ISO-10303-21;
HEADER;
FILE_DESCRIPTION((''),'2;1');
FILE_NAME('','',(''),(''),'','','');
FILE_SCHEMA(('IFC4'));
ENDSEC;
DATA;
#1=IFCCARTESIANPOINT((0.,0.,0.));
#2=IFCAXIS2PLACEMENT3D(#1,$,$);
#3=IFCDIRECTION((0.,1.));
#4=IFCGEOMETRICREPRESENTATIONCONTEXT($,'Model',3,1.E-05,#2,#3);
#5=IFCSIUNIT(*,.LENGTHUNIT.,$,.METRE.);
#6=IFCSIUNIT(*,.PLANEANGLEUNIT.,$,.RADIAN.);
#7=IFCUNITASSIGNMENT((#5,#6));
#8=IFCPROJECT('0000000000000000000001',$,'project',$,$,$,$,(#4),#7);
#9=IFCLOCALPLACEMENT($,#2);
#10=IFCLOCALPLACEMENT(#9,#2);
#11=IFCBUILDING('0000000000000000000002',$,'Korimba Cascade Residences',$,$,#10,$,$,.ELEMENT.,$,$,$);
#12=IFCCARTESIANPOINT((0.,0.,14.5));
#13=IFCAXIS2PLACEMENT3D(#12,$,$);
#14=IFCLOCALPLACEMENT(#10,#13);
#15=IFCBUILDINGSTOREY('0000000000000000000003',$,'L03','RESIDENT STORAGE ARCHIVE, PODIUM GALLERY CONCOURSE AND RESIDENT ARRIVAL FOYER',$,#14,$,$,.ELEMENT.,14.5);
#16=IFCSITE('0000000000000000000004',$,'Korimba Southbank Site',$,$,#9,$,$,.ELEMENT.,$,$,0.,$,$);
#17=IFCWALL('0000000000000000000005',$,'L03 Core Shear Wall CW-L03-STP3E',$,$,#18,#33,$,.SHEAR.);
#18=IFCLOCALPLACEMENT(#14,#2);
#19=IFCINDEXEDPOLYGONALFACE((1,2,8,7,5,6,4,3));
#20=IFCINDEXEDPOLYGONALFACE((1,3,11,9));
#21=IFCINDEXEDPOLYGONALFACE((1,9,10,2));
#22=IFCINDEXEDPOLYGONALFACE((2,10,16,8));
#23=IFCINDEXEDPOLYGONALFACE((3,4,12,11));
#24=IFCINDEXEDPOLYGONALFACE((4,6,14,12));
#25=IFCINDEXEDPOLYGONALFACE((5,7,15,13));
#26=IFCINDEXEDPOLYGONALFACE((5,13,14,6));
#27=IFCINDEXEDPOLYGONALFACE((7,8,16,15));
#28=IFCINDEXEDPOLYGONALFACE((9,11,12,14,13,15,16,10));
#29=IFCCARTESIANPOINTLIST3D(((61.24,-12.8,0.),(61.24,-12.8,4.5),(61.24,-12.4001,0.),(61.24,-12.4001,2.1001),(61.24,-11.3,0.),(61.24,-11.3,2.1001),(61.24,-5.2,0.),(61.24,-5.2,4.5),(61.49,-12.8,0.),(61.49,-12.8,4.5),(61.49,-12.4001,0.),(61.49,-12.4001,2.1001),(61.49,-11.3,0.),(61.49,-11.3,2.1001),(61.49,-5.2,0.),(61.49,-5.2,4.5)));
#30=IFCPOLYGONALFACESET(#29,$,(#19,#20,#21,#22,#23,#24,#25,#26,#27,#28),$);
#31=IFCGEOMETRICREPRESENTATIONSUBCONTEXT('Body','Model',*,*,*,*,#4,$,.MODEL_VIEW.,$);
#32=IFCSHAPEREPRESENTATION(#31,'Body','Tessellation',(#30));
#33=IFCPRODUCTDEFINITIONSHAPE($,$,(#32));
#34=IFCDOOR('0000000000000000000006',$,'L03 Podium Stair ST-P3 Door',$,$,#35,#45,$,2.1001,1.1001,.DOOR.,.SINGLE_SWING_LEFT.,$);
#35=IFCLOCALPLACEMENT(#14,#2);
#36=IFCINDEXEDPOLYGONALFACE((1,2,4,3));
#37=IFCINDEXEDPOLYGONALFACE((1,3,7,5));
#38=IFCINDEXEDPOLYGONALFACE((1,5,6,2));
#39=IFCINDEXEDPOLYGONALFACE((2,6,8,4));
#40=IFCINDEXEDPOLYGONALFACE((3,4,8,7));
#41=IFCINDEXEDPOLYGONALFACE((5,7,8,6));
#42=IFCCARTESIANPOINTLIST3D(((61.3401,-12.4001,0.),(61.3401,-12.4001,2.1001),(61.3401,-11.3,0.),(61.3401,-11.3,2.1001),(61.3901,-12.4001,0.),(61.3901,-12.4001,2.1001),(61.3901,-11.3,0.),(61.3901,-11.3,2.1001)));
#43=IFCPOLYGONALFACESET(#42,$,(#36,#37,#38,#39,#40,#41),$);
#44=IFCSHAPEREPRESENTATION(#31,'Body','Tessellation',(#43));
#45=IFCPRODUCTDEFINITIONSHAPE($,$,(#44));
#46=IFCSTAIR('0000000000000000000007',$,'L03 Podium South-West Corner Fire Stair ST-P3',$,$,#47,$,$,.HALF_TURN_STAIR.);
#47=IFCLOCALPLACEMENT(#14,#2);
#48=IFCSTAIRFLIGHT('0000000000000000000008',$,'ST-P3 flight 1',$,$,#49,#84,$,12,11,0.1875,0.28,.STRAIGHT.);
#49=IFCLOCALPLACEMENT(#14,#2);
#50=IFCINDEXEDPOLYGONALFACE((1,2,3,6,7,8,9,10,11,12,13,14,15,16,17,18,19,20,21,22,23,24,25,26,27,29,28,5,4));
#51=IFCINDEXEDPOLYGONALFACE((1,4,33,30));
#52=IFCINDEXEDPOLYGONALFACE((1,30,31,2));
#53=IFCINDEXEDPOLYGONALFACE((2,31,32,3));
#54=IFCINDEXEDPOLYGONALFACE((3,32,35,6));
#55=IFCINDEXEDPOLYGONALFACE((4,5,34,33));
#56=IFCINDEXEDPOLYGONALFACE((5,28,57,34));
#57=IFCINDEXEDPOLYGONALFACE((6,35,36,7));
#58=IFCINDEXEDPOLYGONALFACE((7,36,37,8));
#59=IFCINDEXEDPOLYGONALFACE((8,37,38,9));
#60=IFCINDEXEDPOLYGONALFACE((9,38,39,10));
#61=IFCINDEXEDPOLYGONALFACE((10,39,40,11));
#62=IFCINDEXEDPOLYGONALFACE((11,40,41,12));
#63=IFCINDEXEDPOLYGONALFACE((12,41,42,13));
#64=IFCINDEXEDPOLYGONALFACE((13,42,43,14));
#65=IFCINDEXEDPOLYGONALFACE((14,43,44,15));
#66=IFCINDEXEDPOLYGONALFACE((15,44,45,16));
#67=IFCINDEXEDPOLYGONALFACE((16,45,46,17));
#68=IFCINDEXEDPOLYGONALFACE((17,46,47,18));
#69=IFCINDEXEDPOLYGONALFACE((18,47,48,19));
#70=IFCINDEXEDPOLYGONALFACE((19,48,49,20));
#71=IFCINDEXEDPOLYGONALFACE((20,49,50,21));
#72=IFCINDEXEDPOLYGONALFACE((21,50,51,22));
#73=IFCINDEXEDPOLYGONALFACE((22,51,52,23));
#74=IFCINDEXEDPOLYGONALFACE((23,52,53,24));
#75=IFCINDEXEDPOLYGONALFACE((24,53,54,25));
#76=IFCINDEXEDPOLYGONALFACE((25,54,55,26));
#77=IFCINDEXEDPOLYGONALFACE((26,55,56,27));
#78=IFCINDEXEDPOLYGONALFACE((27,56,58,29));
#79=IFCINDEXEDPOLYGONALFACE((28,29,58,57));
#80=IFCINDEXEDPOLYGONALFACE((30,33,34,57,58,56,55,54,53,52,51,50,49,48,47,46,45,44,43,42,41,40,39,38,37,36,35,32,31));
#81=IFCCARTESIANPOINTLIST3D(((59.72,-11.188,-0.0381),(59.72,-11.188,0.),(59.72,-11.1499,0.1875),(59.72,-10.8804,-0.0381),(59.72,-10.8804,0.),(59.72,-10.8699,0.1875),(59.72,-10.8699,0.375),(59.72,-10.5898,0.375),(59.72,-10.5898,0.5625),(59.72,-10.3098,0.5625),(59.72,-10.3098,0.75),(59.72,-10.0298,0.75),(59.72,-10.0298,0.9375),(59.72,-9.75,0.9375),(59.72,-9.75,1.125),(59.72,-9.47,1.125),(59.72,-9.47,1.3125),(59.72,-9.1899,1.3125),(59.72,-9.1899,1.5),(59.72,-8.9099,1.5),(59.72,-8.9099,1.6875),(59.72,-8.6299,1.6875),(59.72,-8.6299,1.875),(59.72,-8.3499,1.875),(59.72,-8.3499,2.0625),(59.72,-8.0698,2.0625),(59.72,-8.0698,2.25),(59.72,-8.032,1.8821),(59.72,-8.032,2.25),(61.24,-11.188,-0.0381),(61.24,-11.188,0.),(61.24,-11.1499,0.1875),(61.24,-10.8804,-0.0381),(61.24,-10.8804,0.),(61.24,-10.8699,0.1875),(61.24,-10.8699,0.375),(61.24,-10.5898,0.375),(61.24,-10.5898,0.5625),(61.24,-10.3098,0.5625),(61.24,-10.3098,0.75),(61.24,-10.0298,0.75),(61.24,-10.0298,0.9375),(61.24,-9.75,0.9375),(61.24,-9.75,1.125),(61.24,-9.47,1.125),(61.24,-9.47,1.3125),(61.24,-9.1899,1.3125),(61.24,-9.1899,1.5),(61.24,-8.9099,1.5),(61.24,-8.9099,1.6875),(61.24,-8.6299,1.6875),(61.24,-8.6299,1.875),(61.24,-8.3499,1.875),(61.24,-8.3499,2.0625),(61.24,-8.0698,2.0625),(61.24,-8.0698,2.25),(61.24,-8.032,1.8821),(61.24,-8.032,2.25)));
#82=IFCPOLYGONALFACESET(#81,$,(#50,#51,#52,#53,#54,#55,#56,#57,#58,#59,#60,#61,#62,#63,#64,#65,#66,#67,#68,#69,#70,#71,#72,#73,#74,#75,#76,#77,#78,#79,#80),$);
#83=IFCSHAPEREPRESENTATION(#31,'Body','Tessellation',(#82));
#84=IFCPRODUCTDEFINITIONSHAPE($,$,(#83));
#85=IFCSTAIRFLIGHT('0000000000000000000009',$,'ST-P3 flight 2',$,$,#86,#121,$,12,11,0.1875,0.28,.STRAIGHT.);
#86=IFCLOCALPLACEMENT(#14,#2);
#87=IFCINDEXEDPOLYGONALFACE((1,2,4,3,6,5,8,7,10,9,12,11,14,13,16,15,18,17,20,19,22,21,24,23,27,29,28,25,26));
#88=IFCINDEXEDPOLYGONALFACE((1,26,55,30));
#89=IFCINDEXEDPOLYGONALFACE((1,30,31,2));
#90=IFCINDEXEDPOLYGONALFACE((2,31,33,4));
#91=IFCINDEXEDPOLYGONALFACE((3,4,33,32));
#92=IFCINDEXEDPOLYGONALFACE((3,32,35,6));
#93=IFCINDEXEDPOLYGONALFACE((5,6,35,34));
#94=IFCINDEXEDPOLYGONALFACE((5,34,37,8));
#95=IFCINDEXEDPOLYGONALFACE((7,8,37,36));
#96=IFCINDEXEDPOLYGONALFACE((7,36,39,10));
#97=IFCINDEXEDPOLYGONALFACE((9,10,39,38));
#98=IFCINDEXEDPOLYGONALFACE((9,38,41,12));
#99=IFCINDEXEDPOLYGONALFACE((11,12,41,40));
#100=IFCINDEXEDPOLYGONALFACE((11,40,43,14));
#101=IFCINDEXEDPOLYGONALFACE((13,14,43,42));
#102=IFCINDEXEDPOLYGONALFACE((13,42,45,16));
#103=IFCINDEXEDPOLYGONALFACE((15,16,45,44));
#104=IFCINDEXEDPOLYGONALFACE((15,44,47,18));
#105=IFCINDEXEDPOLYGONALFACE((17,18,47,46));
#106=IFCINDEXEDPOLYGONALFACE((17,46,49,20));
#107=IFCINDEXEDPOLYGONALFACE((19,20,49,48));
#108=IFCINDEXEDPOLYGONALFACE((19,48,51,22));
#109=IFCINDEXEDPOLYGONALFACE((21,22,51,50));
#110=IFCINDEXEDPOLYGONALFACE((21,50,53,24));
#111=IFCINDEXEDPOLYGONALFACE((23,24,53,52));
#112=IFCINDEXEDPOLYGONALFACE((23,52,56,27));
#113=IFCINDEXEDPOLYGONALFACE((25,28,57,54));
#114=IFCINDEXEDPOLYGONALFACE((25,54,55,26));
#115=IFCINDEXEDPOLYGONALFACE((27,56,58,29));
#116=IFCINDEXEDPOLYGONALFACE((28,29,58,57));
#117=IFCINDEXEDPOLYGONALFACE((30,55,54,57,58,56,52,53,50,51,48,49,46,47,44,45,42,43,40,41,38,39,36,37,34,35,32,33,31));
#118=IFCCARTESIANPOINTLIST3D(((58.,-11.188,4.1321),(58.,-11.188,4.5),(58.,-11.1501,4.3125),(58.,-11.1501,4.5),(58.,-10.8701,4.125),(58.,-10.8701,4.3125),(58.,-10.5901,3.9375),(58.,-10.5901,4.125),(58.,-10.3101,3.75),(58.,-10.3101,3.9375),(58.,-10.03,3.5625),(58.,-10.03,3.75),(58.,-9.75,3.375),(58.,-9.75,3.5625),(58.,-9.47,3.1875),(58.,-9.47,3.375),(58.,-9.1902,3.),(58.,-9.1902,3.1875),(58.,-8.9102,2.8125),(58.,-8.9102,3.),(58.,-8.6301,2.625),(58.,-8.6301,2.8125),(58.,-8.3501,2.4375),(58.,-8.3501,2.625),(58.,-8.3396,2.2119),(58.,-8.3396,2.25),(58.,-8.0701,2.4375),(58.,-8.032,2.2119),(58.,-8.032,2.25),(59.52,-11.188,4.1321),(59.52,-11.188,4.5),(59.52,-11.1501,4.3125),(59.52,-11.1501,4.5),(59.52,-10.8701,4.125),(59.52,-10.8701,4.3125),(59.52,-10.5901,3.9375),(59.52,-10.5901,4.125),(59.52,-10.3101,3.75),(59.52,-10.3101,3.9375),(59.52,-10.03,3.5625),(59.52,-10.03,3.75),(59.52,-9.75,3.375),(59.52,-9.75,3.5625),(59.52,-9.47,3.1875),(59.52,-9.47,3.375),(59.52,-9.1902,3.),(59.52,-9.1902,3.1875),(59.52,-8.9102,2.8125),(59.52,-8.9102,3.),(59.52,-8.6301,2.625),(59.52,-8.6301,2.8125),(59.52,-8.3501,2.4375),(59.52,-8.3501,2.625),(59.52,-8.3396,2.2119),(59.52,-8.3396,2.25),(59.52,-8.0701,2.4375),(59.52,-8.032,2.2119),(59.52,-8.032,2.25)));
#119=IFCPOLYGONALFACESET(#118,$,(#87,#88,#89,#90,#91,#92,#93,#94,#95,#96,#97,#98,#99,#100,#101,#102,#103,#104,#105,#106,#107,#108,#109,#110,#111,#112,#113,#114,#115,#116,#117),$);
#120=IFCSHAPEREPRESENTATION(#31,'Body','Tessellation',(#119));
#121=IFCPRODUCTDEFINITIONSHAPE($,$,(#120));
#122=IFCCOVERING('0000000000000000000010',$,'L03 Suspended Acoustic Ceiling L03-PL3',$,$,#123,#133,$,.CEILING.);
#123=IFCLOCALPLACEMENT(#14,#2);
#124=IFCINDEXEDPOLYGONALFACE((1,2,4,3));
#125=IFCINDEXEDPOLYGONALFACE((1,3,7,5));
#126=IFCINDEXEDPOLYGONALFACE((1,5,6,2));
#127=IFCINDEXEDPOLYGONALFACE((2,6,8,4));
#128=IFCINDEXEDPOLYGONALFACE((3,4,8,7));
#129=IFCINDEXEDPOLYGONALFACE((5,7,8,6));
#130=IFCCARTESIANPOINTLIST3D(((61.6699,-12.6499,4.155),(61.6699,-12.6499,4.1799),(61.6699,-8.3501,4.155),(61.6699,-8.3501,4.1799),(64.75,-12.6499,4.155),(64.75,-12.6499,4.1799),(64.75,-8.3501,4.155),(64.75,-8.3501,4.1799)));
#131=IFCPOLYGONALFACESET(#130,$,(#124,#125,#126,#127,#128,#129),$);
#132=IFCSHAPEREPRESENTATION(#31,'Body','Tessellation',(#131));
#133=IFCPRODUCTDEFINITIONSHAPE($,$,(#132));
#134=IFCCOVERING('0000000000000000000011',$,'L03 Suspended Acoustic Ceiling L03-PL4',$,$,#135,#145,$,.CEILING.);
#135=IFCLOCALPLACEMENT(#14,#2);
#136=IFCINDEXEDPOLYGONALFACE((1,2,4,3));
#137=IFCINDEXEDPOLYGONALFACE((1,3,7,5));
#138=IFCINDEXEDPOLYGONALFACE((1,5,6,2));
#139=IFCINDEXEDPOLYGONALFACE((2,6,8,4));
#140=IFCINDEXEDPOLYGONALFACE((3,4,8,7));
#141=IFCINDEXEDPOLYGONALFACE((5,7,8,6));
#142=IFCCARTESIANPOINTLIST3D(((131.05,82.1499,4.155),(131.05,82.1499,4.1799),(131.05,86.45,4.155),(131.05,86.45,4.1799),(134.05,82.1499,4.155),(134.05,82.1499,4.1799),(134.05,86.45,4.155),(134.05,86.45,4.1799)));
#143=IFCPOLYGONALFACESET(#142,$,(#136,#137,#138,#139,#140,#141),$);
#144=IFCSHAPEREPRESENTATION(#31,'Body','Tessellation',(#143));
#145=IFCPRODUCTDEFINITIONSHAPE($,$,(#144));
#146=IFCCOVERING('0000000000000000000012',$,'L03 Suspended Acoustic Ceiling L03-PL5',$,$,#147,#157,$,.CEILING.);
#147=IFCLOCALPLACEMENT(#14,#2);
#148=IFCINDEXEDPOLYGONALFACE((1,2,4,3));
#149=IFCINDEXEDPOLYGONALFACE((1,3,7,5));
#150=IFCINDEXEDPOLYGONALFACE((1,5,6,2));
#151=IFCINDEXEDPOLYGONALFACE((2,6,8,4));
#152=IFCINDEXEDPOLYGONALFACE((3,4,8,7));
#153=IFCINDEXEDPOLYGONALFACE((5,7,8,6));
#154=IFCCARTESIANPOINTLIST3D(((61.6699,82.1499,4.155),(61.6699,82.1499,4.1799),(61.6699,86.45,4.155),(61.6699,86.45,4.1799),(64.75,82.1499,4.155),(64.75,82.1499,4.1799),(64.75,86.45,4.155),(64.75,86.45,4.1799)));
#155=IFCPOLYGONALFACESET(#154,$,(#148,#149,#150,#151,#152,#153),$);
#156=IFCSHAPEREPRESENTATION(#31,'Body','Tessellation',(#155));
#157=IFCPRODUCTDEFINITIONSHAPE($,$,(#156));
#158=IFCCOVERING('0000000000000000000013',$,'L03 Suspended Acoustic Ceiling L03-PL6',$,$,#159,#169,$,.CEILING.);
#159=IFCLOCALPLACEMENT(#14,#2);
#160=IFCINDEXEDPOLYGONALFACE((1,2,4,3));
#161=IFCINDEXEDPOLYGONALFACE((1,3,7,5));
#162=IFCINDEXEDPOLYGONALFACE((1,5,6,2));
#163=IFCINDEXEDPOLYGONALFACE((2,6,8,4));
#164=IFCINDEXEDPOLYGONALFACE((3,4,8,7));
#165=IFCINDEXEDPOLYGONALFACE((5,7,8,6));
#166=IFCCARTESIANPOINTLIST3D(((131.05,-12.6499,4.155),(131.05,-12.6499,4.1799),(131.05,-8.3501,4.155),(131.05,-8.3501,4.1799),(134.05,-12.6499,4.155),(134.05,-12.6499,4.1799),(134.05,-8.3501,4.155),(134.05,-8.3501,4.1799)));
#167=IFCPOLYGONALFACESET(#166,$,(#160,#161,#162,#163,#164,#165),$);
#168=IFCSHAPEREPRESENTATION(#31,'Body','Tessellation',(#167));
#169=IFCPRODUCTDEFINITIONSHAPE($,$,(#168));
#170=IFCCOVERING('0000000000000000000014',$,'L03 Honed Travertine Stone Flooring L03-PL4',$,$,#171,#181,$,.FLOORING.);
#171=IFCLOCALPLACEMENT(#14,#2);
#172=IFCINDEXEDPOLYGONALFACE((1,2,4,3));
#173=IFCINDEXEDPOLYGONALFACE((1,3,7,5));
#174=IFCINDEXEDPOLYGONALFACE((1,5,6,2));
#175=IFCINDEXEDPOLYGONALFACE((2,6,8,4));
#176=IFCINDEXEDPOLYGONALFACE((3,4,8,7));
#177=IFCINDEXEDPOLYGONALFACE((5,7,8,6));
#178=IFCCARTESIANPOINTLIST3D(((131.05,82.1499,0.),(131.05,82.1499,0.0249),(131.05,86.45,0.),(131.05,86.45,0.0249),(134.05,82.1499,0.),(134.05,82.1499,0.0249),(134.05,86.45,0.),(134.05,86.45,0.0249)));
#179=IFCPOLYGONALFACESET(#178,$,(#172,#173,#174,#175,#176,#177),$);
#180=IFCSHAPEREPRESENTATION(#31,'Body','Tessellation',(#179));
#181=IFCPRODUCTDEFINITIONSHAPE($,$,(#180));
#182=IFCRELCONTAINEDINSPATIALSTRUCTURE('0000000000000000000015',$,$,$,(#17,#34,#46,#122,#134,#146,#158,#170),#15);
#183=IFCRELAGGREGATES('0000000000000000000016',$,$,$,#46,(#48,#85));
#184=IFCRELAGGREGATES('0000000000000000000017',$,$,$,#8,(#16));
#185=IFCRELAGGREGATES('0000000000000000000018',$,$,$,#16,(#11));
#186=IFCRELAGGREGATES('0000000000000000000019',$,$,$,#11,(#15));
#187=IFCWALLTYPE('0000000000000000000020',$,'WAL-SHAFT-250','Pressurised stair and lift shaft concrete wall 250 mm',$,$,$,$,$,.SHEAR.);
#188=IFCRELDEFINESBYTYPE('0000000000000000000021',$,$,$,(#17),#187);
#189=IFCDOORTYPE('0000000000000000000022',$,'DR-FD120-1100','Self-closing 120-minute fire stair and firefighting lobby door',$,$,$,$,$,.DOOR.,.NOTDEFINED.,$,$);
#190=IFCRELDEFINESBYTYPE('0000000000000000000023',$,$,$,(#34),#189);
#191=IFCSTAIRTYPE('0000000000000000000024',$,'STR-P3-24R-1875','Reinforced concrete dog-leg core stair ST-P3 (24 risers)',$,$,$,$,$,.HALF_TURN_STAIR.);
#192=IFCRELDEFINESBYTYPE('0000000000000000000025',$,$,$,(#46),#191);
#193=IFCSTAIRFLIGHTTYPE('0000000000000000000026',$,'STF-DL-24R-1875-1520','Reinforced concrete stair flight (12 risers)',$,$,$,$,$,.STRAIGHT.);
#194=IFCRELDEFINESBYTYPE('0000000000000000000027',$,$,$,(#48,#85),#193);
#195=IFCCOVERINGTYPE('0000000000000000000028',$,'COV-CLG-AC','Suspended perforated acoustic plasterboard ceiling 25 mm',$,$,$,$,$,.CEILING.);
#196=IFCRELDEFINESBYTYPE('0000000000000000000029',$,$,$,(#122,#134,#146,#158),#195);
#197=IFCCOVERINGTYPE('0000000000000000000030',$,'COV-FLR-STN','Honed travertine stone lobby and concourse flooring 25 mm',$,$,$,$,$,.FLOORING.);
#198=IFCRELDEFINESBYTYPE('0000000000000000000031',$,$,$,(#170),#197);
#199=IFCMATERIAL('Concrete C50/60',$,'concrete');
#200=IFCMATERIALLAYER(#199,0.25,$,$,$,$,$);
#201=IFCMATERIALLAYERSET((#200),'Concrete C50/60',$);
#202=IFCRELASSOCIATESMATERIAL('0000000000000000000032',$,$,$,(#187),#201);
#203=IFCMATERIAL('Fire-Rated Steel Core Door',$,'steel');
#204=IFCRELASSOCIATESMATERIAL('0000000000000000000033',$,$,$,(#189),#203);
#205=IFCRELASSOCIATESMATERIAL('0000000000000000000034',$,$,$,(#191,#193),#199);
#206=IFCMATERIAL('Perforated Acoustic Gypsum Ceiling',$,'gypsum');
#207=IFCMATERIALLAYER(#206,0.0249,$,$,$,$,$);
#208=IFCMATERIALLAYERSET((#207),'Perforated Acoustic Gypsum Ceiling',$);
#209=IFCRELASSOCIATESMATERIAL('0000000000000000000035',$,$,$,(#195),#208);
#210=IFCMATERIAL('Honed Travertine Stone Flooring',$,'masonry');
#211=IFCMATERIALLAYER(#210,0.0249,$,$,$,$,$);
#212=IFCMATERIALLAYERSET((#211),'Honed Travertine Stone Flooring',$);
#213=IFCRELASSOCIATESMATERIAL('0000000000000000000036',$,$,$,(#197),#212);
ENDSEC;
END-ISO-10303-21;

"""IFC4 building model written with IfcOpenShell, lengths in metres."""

from ifc_helpers import new_model, si_unit, direction, frame, frame_2d, origin, place, context, subcontext, project, spatial, polyline, rectangle, outline, extrude, material, layer, layer_set, type_object, element, fill, aggregate, save


model = new_model("IFC4")

# Units and contexts
model_context = context("Model", 3, precision=1e-05, world=origin(), true_north=direction((0.0, 1.0)))
body_context = subcontext(model_context, "Body", "Model", "MODEL_VIEW")
ifc_project = project(units=[si_unit("LENGTHUNIT", "METRE"), si_unit("PLANEANGLEUNIT", "RADIAN")], contexts=[model_context])

# Site, building, storey
site_placement = place(None, origin())
site = spatial("IfcSite", under=ifc_project, at=site_placement, Name="Korimba Southbank Site", CompositionType="ELEMENT", RefElevation=0.0)
building_placement = place(site_placement, origin())
building = spatial("IfcBuilding", under=site, at=building_placement, Name="Korimba Cascade Residences", CompositionType="ELEMENT")
storey_placement = place(building_placement, frame((0.0, 0.0, 14.5)))
storey = spatial("IfcBuildingStorey", under=building, at=storey_placement, Name="L03", Description="RESIDENT STORAGE ARCHIVE, PODIUM GALLERY CONCOURSE AND RESIDENT ARRIVAL FOYER", CompositionType="ELEMENT", Elevation=14.5)

# Shared definitions
ifc_material_1 = material(Name="Concrete C50/60", Category="concrete")
ifc_layer_1 = layer(ifc_material_1, 0.25)
ifc_layer_set_1 = layer_set([ifc_layer_1], Name="Concrete C50/60")
wall_type_1 = type_object("IfcWallType", Name="WAL-SHAFT-250", Description="Pressurised stair and lift shaft concrete wall 250 mm", PredefinedType="SHEAR", material=ifc_layer_set_1)

# Wall, opening, door
wall_1_placement = place(storey_placement, frame((61.365, -12.8, 0.0), z_axis=(0.0, 0.0, 1.0), x_axis=(0.0, 1.0, 0.0)))
wall_1 = element("IfcWall", 1, at=wall_1_placement, inside=storey, type_object=wall_type_1, Name="L03 Core Shear Wall CW-L03-STP3E", PredefinedType="SHEAR", context=body_context, shape_type="SweptSolid", body=[
    extrude(rectangle(XDim=7.6001, YDim=0.25, at=frame_2d((3.8, 0.0))), origin(), (0.0, 0.0, 1.0), 4.5),
])
opening_1_placement = place(wall_1_placement, frame((0.3999, 0.0, 0.0)))
opening_1 = element("IfcOpeningElement", 2, at=opening_1_placement, cuts=wall_1, PredefinedType="OPENING", context=body_context, shape_type="SweptSolid", body=[
    extrude(rectangle(XDim=1.1001, YDim=2.1001, at=frame_2d((0.55, 1.05))), frame((0.0, 0.135, 0.0), z_axis=(0.0, -1.0, 0.0), x_axis=(1.0, 0.0, 0.0)), (0.0, 0.0, 1.0), 0.27),
])
ifc_material_2 = material(Name="Fire-Rated Steel Core Door", Category="steel")
door_type_1 = type_object("IfcDoorType", Name="DR-FD120-1100", Description="Self-closing 120-minute fire stair and firefighting lobby door", OperationType="NOTDEFINED", PredefinedType="DOOR", material=ifc_material_2)
door_1_placement = place(opening_1_placement, origin())
door_1 = element("IfcDoor", 3, at=door_1_placement, inside=storey, type_object=door_type_1, Name="L03 Podium Stair ST-P3 Door", OperationType="SINGLE_SWING_LEFT", OverallHeight=2.1001, OverallWidth=1.1001, PredefinedType="DOOR", context=body_context, shape_type="SweptSolid", body=[
    extrude(rectangle(XDim=1.1001, YDim=2.1001, at=frame_2d((0.55, 1.05))), frame((0.0, 0.0249, 0.0), z_axis=(0.0, -1.0, 0.0), x_axis=(1.0, 0.0, 0.0)), (0.0, 0.0, 1.0), 0.05),
])
fill(opening_1, door_1)

# Stair, stair flights
stair_type = type_object("IfcStairType", Name="STR-P3-24R-1875", Description="Reinforced concrete dog-leg core stair ST-P3 (24 risers)", PredefinedType="HALF_TURN_STAIR", material=ifc_material_1)
stair_placement = place(storey_placement, origin())
stair = element("IfcStair", 4, at=stair_placement, inside=storey, type_object=stair_type, Name="L03 Podium South-West Corner Fire Stair ST-P3", PredefinedType="HALF_TURN_STAIR")
stair_flight_type = type_object("IfcStairFlightType", Name="STF-DL-24R-1875-1520", Description="Reinforced concrete stair flight (12 risers)", PredefinedType="STRAIGHT", material=ifc_material_1)
stair_flight_1_placement = place(storey_placement, frame((60.48, -11.1499, 0.0), z_axis=(0.0, 0.0, 1.0), x_axis=(0.0, 1.0, 0.0)))
stair_flight_1 = element("IfcStairFlight", 5, at=stair_flight_1_placement, type_object=stair_flight_type, Name="ST-P3 flight 1", NumberOfRisers=12, NumberOfTreads=11, PredefinedType="STRAIGHT", RiserHeight=0.1875, TreadLength=0.28, context=body_context, shape_type="SweptSolid", body=[
    extrude(outline(polyline([(-0.0381, 0.0), (0.0, 0.1875), (0.28, 0.1875), (0.28, 0.375), (0.5601, 0.375), (0.5601, 0.5625), (0.8401, 0.5625), (0.8401, 0.75), (1.1201, 0.75), (1.1201, 0.9375), (1.3999, 0.9375), (1.3999, 1.125), (1.6799, 1.125), (1.6799, 1.3125), (1.96, 1.3125), (1.96, 1.5), (2.24, 1.5), (2.24, 1.6875), (2.52, 1.6875), (2.52, 1.875), (2.8, 1.875), (2.8, 2.0625), (3.0801, 2.0625), (3.0801, 2.25), (3.1179, 2.25), (3.1179, 1.8821), (0.2695, 0.0), (0.2695, -0.0381), (-0.0381, -0.0381), (-0.0381, 0.0)])), frame((0.0, 0.76, 0.0), z_axis=(0.0, -1.0, 0.0), x_axis=(1.0, 0.0, 0.0)), (0.0, 0.0, 1.0), 1.52),
])
stair_flight_2_placement = place(storey_placement, frame((58.76, -8.0701, 2.25), z_axis=(0.0, 0.0, 1.0), x_axis=(0.0, -1.0, 0.0)))
stair_flight_2 = element("IfcStairFlight", 6, at=stair_flight_2_placement, type_object=stair_flight_type, Name="ST-P3 flight 2", NumberOfRisers=12, NumberOfTreads=11, PredefinedType="STRAIGHT", RiserHeight=0.1875, TreadLength=0.28, context=body_context, shape_type="SweptSolid", body=[
    extrude(outline(polyline([(-0.0381, 0.0), (0.0, 0.1875), (0.28, 0.1875), (0.28, 0.375), (0.5601, 0.375), (0.5601, 0.5625), (0.8401, 0.5625), (0.8401, 0.75), (1.1201, 0.75), (1.1201, 0.9375), (1.3999, 0.9375), (1.3999, 1.125), (1.6799, 1.125), (1.6799, 1.3125), (1.96, 1.3125), (1.96, 1.5), (2.24, 1.5), (2.24, 1.6875), (2.52, 1.6875), (2.52, 1.875), (2.8, 1.875), (2.8, 2.0625), (3.0801, 2.0625), (3.0801, 2.25), (3.1179, 2.25), (3.1179, 1.8821), (0.2695, 0.0), (0.2695, -0.0381), (-0.0381, -0.0381), (-0.0381, 0.0)])), frame((0.0, 0.76, 0.0), z_axis=(0.0, -1.0, 0.0), x_axis=(1.0, 0.0, 0.0)), (0.0, 0.0, 1.0), 1.52),
])
aggregate(stair, [stair_flight_1, stair_flight_2])

# Coverings
ifc_material_3 = material(Name="Perforated Acoustic Gypsum Ceiling", Category="gypsum")
ifc_layer_2 = layer(ifc_material_3, 0.0249)
ifc_layer_set_2 = layer_set([ifc_layer_2], Name="Perforated Acoustic Gypsum Ceiling")
covering_type_1 = type_object("IfcCoveringType", Name="COV-CLG-AC", Description="Suspended perforated acoustic plasterboard ceiling 25 mm", PredefinedType="CEILING", material=ifc_layer_set_2)
covering_1_placement = place(storey_placement, frame((0.0, 0.0, 4.155)))
element("IfcCovering", 7, at=covering_1_placement, inside=storey, type_object=covering_type_1, Name="L03 Suspended Acoustic Ceiling L03-PL3", PredefinedType="CEILING", context=body_context, shape_type="SweptSolid", body=[
    extrude(outline(polyline([(61.6699, -12.6499), (64.75, -12.6499), (64.75, -8.3501), (61.6699, -8.3501), (61.6699, -12.6499)])), origin(), (0.0, 0.0, 1.0), 0.0249),
])
covering_2_placement = place(storey_placement, frame((0.0, 0.0, 4.155)))
element("IfcCovering", 8, at=covering_2_placement, inside=storey, type_object=covering_type_1, Name="L03 Suspended Acoustic Ceiling L03-PL4", PredefinedType="CEILING", context=body_context, shape_type="SweptSolid", body=[
    extrude(outline(polyline([(131.05, 82.1499), (134.05, 82.1499), (134.05, 86.45), (131.05, 86.45), (131.05, 82.1499)])), origin(), (0.0, 0.0, 1.0), 0.0249),
])
covering_3_placement = place(storey_placement, frame((0.0, 0.0, 4.155)))
element("IfcCovering", 9, at=covering_3_placement, inside=storey, type_object=covering_type_1, Name="L03 Suspended Acoustic Ceiling L03-PL5", PredefinedType="CEILING", context=body_context, shape_type="SweptSolid", body=[
    extrude(outline(polyline([(61.6699, 82.1499), (64.75, 82.1499), (64.75, 86.45), (61.6699, 86.45), (61.6699, 82.1499)])), origin(), (0.0, 0.0, 1.0), 0.0249),
])
covering_4_placement = place(storey_placement, frame((0.0, 0.0, 4.155)))
element("IfcCovering", 10, at=covering_4_placement, inside=storey, type_object=covering_type_1, Name="L03 Suspended Acoustic Ceiling L03-PL6", PredefinedType="CEILING", context=body_context, shape_type="SweptSolid", body=[
    extrude(outline(polyline([(131.05, -12.6499), (134.05, -12.6499), (134.05, -8.3501), (131.05, -8.3501), (131.05, -12.6499)])), origin(), (0.0, 0.0, 1.0), 0.0249),
])
ifc_material_4 = material(Name="Honed Travertine Stone Flooring", Category="masonry")
ifc_layer_3 = layer(ifc_material_4, 0.0249)
ifc_layer_set_3 = layer_set([ifc_layer_3], Name="Honed Travertine Stone Flooring")
covering_type_2 = type_object("IfcCoveringType", Name="COV-FLR-STN", Description="Honed travertine stone lobby and concourse flooring 25 mm", PredefinedType="FLOORING", material=ifc_layer_set_3)
covering_5_placement = place(storey_placement, origin())
element("IfcCovering", 11, at=covering_5_placement, inside=storey, type_object=covering_type_2, Name="L03 Honed Travertine Stone Flooring L03-PL4", PredefinedType="FLOORING", context=body_context, shape_type="SweptSolid", body=[
    extrude(outline(polyline([(131.05, 82.1499), (134.05, 82.1499), (134.05, 86.45), (131.05, 86.45), (131.05, 82.1499)])), origin(), (0.0, 0.0, 1.0), 0.0249),
])

save(model, "model.ifc")
